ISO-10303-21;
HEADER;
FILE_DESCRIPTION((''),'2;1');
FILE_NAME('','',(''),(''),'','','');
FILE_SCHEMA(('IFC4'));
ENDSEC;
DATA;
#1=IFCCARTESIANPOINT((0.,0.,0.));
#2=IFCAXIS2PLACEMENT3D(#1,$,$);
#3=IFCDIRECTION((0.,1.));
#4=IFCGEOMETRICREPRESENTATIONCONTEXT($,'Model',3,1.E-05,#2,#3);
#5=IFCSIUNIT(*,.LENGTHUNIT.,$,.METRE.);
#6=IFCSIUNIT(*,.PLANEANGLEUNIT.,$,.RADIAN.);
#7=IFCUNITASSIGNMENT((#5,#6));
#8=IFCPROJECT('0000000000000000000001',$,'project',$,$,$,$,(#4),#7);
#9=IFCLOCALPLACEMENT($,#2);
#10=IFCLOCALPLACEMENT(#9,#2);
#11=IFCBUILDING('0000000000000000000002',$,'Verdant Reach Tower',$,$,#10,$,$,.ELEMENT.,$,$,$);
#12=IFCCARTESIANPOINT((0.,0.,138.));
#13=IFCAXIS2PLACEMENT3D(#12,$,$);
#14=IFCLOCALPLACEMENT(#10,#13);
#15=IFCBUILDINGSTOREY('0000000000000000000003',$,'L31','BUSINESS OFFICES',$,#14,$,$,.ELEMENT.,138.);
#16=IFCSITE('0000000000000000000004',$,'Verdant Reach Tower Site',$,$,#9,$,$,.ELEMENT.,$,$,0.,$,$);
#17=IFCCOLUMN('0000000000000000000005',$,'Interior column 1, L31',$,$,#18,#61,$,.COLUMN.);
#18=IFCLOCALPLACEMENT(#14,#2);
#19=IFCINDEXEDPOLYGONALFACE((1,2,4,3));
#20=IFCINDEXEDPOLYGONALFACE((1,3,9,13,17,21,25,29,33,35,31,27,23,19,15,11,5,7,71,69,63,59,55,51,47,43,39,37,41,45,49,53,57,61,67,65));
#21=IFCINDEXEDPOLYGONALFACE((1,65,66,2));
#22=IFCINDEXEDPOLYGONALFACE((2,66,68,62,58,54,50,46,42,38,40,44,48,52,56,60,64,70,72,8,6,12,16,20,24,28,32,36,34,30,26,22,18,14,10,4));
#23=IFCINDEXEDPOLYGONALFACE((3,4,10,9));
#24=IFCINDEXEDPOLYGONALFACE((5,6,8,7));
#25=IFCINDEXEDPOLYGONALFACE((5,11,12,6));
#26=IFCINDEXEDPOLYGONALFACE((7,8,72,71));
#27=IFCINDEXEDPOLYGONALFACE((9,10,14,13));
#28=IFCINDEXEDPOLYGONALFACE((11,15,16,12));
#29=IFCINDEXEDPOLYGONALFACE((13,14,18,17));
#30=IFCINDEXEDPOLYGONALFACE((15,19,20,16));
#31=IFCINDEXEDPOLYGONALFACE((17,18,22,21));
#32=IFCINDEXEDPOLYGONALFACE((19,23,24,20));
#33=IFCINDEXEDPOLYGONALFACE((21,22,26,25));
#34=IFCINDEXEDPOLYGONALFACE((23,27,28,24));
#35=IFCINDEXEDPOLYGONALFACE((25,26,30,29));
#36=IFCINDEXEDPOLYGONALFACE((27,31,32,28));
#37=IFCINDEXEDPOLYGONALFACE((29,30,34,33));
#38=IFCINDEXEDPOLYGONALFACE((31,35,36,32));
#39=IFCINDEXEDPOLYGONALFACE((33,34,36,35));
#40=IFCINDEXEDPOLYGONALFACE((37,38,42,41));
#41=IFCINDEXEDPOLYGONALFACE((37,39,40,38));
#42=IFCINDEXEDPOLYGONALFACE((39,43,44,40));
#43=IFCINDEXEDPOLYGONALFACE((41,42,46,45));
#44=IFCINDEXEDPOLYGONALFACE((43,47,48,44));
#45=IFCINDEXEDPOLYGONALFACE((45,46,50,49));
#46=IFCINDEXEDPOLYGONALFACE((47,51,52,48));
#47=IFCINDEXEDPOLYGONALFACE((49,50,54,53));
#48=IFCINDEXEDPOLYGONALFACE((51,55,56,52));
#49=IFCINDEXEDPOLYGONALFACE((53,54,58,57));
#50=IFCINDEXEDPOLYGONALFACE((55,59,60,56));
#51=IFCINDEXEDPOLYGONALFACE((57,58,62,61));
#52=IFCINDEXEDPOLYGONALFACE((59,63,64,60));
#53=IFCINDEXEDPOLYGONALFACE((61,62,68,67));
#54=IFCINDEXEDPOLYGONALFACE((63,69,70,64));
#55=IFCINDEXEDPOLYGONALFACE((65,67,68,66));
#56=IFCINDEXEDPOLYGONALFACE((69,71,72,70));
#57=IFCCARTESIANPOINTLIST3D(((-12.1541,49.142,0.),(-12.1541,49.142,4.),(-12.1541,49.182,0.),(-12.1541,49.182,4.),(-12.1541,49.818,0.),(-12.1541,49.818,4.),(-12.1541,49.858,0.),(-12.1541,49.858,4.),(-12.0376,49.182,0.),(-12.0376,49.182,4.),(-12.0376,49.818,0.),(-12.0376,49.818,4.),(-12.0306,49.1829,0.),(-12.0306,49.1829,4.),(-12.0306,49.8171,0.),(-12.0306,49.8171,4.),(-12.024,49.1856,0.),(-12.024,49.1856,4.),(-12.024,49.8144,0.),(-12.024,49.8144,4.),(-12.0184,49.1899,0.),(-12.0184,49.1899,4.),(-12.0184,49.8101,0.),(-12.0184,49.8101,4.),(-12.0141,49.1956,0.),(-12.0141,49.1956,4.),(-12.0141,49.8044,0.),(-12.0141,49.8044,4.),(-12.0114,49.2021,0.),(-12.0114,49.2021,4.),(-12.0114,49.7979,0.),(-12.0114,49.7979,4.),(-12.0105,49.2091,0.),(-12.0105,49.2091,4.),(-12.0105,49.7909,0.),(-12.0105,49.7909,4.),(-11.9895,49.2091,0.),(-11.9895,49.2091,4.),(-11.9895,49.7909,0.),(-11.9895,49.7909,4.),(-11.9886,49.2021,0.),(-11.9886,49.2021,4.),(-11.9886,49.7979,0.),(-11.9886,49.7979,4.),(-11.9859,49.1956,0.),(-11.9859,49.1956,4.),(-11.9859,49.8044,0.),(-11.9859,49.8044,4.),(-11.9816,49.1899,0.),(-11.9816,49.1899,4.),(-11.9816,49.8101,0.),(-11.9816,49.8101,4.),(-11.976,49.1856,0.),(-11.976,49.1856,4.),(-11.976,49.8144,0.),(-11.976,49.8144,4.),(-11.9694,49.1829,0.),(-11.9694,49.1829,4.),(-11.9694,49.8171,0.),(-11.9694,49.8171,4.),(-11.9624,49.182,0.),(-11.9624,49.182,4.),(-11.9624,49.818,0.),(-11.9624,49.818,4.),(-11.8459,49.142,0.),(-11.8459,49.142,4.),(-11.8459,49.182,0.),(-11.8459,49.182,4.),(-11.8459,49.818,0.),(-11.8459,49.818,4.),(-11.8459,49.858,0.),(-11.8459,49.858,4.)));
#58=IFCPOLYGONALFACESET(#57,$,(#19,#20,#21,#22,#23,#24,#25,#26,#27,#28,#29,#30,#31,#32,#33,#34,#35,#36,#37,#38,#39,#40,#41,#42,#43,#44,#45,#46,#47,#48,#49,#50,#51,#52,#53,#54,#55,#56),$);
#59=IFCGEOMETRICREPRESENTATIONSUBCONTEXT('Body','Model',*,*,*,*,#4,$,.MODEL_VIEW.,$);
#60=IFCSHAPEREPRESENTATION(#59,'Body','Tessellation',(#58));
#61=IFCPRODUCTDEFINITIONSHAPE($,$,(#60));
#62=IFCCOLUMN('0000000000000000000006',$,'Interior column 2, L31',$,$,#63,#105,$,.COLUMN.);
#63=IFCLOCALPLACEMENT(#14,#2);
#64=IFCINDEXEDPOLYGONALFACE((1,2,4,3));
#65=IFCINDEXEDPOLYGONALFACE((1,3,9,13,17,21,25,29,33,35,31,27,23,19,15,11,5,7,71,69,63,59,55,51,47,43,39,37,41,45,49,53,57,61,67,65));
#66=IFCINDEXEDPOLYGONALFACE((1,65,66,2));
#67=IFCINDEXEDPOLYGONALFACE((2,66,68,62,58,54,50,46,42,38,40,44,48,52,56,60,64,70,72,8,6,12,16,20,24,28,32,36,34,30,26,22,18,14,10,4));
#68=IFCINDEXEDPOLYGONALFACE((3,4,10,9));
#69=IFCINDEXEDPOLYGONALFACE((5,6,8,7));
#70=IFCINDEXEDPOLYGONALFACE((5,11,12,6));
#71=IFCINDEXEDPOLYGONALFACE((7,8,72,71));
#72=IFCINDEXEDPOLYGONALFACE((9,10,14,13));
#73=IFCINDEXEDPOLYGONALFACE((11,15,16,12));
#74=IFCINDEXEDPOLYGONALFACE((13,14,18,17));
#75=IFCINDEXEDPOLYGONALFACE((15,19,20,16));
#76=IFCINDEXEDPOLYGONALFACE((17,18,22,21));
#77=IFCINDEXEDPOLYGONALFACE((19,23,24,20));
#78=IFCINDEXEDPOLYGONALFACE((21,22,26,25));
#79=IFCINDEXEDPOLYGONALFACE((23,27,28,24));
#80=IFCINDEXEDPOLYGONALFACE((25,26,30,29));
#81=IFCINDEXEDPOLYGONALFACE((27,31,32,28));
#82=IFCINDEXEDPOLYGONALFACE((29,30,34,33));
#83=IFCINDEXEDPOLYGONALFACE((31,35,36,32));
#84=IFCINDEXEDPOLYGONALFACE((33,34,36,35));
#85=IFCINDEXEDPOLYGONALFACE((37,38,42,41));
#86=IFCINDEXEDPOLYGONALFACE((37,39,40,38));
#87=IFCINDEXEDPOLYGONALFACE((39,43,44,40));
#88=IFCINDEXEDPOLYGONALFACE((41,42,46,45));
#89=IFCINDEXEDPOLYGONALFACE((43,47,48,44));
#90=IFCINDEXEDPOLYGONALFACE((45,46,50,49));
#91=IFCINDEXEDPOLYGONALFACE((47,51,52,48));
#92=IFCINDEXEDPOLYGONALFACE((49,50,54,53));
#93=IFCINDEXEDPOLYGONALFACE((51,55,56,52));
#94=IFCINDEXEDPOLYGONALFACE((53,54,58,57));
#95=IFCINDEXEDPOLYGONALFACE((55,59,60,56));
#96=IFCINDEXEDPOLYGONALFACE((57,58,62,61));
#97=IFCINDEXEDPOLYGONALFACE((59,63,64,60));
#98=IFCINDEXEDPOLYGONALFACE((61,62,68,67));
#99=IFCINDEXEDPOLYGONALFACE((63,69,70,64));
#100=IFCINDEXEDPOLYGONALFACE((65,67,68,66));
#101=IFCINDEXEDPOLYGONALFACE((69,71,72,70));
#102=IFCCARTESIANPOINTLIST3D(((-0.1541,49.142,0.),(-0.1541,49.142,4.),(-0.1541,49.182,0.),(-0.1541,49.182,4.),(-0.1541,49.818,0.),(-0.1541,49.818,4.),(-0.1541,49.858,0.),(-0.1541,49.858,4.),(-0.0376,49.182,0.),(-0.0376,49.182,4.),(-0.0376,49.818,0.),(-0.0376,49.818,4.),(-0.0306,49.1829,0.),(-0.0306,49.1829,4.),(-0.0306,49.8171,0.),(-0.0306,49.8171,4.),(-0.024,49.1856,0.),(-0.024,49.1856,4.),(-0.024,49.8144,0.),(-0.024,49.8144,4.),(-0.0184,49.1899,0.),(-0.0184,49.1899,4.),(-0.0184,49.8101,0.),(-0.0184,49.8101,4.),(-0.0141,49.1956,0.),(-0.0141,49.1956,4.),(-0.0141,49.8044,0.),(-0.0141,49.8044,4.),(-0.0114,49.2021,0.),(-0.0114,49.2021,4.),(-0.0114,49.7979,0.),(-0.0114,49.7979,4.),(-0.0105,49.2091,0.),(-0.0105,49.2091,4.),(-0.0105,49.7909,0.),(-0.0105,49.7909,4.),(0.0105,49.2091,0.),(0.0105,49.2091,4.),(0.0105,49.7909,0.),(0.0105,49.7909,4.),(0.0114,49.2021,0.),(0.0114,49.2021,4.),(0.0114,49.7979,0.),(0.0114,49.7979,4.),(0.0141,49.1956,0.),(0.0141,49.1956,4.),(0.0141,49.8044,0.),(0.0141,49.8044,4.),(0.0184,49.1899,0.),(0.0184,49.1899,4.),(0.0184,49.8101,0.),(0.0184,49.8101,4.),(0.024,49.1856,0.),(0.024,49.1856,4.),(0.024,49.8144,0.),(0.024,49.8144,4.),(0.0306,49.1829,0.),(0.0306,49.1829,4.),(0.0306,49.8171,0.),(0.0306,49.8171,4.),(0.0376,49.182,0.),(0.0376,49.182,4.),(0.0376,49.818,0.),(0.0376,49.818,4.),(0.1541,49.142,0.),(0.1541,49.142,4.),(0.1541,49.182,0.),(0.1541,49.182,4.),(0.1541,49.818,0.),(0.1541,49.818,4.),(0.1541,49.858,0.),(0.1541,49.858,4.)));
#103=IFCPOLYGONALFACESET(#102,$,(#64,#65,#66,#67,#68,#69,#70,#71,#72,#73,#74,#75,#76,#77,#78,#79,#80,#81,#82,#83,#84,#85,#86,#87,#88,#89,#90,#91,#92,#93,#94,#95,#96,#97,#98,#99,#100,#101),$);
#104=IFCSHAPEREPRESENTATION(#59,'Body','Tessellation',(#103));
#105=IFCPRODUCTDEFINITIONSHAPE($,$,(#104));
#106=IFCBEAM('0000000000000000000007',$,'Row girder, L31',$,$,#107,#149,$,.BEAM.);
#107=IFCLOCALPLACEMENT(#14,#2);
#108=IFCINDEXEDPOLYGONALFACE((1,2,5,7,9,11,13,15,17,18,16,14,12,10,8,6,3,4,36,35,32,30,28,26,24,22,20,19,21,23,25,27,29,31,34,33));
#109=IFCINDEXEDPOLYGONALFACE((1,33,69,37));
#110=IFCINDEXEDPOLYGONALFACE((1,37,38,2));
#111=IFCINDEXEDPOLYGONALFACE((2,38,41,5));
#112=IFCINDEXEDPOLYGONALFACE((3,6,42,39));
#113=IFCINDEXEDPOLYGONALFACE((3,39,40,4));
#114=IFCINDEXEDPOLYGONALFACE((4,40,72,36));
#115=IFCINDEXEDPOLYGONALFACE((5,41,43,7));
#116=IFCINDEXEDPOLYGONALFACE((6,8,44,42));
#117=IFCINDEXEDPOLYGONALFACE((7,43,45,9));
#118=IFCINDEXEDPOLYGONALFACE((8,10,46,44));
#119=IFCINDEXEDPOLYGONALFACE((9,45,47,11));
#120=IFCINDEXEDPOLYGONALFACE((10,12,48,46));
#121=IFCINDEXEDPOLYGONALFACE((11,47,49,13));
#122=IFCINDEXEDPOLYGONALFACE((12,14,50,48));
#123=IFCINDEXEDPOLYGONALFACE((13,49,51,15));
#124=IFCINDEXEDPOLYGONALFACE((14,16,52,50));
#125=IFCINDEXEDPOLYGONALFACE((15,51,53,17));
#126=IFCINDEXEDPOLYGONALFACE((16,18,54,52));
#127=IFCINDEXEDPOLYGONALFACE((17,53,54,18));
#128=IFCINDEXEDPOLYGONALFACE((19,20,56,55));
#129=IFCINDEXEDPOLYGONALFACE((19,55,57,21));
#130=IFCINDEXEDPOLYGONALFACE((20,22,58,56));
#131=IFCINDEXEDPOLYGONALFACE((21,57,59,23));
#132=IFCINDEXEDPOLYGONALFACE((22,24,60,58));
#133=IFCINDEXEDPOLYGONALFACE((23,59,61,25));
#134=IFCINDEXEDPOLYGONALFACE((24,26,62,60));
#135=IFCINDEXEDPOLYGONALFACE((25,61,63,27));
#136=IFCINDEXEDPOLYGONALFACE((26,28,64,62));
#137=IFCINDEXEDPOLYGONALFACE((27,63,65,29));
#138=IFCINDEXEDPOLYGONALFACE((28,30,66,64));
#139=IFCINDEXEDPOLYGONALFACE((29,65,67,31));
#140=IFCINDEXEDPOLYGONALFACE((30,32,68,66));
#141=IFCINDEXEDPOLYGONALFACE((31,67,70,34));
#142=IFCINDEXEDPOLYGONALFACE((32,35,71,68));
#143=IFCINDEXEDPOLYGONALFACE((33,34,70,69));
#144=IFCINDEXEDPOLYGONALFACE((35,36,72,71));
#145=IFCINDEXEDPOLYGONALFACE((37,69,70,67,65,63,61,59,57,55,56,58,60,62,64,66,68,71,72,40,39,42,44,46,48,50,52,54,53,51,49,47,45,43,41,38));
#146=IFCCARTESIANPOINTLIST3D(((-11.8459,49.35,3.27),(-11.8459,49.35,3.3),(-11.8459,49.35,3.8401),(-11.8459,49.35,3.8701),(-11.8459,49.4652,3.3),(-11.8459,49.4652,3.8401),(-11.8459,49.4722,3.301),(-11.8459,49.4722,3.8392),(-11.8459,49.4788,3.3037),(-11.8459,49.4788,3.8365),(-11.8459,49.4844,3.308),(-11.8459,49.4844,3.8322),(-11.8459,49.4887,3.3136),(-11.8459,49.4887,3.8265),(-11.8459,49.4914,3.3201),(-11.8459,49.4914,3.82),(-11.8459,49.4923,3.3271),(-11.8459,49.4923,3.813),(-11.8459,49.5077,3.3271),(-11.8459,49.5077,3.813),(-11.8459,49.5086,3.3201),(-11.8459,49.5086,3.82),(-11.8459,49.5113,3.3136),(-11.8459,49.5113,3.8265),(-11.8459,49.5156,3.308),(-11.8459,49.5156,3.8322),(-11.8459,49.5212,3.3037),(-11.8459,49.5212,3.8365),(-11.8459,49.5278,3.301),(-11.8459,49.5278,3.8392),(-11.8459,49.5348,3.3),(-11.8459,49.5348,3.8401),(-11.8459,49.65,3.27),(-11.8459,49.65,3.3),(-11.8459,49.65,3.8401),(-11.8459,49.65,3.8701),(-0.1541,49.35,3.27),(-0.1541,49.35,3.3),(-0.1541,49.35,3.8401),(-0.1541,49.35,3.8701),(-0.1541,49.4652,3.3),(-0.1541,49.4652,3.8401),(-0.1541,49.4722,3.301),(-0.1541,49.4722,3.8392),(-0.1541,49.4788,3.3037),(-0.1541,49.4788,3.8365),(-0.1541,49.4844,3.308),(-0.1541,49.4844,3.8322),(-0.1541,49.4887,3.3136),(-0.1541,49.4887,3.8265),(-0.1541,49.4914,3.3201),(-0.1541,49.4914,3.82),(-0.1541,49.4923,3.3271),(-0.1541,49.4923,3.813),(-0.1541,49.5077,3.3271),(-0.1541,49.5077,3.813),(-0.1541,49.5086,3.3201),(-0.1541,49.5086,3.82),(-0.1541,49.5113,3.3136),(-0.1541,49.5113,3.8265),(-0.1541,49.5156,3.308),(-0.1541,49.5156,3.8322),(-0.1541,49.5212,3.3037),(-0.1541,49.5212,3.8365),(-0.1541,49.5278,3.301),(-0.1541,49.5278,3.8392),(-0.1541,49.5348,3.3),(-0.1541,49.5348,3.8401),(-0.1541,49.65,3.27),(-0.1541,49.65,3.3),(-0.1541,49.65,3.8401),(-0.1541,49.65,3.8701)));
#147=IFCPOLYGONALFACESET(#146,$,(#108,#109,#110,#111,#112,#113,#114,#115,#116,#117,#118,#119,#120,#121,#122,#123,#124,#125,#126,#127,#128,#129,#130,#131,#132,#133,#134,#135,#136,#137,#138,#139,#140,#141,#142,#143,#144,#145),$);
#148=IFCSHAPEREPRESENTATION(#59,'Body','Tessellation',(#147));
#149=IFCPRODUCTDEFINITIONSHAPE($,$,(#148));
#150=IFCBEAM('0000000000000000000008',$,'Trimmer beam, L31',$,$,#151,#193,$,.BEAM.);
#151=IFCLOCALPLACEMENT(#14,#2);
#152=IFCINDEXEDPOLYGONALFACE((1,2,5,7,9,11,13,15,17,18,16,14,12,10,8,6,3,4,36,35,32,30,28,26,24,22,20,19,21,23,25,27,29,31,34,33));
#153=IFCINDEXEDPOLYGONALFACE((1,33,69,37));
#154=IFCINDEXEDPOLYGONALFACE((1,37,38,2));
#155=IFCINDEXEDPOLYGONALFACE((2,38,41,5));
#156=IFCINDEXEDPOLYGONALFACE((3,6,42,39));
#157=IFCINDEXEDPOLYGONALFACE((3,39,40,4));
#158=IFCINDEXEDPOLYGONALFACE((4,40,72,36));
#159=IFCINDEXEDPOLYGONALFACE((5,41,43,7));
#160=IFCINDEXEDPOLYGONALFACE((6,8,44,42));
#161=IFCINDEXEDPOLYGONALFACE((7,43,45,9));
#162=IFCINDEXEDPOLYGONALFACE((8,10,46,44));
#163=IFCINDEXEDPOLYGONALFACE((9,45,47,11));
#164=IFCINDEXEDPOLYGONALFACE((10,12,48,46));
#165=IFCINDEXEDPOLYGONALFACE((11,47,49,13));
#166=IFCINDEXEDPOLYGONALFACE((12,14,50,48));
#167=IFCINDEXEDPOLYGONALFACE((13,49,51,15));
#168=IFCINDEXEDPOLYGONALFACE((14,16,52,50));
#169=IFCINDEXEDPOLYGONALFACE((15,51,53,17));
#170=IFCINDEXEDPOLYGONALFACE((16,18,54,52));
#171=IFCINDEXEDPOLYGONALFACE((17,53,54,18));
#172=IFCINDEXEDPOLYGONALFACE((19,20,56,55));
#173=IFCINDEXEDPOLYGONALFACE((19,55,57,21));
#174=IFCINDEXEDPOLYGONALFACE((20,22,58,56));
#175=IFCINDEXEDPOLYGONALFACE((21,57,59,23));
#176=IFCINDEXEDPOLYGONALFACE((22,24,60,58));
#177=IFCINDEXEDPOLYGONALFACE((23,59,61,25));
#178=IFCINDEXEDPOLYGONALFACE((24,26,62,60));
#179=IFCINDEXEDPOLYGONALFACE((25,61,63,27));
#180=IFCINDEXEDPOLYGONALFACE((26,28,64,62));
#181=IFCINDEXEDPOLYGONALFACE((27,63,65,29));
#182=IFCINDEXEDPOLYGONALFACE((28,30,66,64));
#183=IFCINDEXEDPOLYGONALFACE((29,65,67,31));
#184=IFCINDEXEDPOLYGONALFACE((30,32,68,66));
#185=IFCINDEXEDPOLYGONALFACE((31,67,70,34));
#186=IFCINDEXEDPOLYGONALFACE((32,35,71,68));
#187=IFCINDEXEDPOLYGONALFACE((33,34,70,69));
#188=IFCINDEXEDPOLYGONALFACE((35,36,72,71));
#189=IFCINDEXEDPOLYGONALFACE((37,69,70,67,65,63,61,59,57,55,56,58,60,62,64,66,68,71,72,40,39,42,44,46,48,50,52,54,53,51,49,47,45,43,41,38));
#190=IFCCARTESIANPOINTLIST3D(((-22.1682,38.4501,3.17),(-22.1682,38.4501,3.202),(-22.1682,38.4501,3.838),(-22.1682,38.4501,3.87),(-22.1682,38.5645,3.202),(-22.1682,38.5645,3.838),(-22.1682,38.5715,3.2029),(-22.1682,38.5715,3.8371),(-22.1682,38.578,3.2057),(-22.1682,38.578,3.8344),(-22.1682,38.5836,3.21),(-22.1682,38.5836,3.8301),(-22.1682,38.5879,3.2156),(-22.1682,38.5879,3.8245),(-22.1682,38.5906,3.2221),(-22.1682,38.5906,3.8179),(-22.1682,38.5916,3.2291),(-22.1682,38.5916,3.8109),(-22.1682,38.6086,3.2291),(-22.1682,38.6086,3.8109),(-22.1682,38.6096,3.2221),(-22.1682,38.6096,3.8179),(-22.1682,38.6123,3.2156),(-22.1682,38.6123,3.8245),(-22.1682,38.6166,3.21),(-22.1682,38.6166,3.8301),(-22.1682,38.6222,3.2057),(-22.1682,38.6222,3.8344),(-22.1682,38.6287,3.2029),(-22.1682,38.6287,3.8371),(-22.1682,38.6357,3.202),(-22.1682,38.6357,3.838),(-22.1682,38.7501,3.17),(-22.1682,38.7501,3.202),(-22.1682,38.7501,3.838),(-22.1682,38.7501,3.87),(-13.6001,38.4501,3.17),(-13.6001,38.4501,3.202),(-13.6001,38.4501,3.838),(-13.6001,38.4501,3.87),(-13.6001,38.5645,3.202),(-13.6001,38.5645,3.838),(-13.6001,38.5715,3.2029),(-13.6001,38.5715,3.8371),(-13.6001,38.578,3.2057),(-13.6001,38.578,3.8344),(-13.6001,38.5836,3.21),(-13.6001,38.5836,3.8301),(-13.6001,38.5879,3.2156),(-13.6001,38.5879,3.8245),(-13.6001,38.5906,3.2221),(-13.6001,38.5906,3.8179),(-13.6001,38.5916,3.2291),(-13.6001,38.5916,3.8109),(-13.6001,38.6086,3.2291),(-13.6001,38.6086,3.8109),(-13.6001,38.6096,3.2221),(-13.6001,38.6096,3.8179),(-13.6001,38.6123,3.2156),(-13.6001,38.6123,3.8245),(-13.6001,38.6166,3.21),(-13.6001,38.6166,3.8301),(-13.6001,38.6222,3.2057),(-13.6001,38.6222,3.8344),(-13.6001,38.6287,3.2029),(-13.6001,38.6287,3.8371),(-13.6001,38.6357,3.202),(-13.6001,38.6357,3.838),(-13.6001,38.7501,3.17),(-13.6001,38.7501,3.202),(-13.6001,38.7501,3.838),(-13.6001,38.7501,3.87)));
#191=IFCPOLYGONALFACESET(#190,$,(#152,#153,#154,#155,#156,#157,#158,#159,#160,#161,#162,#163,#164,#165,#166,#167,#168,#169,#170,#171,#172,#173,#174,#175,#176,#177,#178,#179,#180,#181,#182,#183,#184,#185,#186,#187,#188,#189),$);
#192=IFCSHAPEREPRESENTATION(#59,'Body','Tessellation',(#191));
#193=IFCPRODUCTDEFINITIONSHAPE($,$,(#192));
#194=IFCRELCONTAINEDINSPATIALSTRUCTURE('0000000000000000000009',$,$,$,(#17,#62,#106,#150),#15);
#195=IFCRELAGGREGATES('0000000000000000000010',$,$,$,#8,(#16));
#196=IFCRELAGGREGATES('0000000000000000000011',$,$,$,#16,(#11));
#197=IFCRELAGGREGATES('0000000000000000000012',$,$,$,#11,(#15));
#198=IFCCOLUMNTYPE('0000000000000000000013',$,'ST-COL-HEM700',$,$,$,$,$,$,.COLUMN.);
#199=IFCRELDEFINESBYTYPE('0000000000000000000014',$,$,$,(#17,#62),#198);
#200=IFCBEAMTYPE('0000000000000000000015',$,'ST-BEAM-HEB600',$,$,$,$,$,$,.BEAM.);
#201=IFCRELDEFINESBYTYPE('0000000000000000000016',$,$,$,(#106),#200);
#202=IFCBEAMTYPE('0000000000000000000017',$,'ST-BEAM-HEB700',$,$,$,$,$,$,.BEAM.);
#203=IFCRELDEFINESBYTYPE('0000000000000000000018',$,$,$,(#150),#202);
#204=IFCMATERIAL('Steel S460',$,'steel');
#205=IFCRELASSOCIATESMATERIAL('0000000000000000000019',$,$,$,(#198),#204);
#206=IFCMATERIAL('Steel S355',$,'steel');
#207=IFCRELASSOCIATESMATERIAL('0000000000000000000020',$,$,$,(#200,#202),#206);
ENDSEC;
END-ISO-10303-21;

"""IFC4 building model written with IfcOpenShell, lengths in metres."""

from ifc_helpers import new_model, si_unit, direction, frame, origin, origin_2d, place, context, subcontext, project, spatial, i_section, extrude, material, material_profile, profile_set, type_object, element, save


model = new_model("IFC4")

# Units and contexts
model_context = context("Model", 3, precision=1e-05, world=origin(), true_north=direction((0.0, 1.0)))
body_context = subcontext(model_context, "Body", "Model", "MODEL_VIEW")
ifc_project = project(units=[si_unit("LENGTHUNIT", "METRE"), si_unit("PLANEANGLEUNIT", "RADIAN")], contexts=[model_context])

# Site, building, storey
site_placement = place(None, origin())
site = spatial("IfcSite", under=ifc_project, at=site_placement, Name="Verdant Reach Tower Site", CompositionType="ELEMENT", RefElevation=0.0)
building_placement = place(site_placement, origin())
building = spatial("IfcBuilding", under=site, at=building_placement, Name="Verdant Reach Tower", CompositionType="ELEMENT")
storey_placement = place(building_placement, frame((0.0, 0.0, 138.0)))
storey = spatial("IfcBuildingStorey", under=building, at=storey_placement, Name="L31", Description="BUSINESS OFFICES", CompositionType="ELEMENT", Elevation=138.0)

# Columns
ifc_material_1 = material(Name="Steel S460", Category="steel")
ifc_material_profile_1 = material_profile(ifc_material_1, i_section(OverallWidth=0.3081, OverallDepth=0.7161, WebThickness=0.021, FlangeThickness=0.04, FilletRadius=0.0271, at=origin_2d()), Name="HEM 700")
ifc_profile_set_1 = profile_set([ifc_material_profile_1], Name="Steel S460")
column_type = type_object("IfcColumnType", Name="ST-COL-HEM700", PredefinedType="COLUMN", material=ifc_profile_set_1)
for number, where, z_axis, x_axis, name in (
    (1, (-12.0, 49.5, 0.0), (0.0, 0.0, 1.0), (1.0, 0.0, 0.0), "Interior column 1, L31"),
    (2, (0.0, 49.5, 0.0), (0.0, 0.0, 1.0), (1.0, 0.0, 0.0), "Interior column 2, L31"),
):
    element("IfcColumn", number, at=place(storey_placement, frame(where, z_axis=z_axis, x_axis=x_axis)), inside=storey, type_object=column_type, Name=name, PredefinedType="COLUMN", context=body_context, shape_type="SweptSolid", body=[
        extrude(i_section(OverallWidth=0.3081, OverallDepth=0.7161, WebThickness=0.021, FlangeThickness=0.04, FilletRadius=0.0271, at=origin_2d()), origin(), (0.0, 0.0, 1.0), 4.0),
    ])

# Beams
ifc_material_2 = material(Name="Steel S355", Category="steel")
ifc_material_profile_2 = material_profile(ifc_material_2, i_section(OverallWidth=0.3, OverallDepth=0.6001, WebThickness=0.0154, FlangeThickness=0.03, FilletRadius=0.0271, at=origin_2d()), Name="HEB 600")
ifc_profile_set_2 = profile_set([ifc_material_profile_2], Name="Steel S355")
beam_type_1 = type_object("IfcBeamType", Name="ST-BEAM-HEB600", PredefinedType="BEAM", material=ifc_profile_set_2)
beam_1_placement = place(storey_placement, frame((-11.8459, 49.5, 3.5701), z_axis=(1.0, 0.0, 0.0), x_axis=(0.0, 1.0, 0.0)))
element("IfcBeam", 3, at=beam_1_placement, inside=storey, type_object=beam_type_1, Name="Row girder, L31", PredefinedType="BEAM", context=body_context, shape_type="SweptSolid", body=[
    extrude(i_section(OverallWidth=0.3, OverallDepth=0.6001, WebThickness=0.0154, FlangeThickness=0.03, FilletRadius=0.0271, at=origin_2d()), origin(), (0.0, 0.0, 1.0), 11.6919),
])
ifc_material_profile_3 = material_profile(ifc_material_2, i_section(OverallWidth=0.3, OverallDepth=0.7, WebThickness=0.0171, FlangeThickness=0.032, FilletRadius=0.0271, at=origin_2d()), Name="HEB 700")
ifc_profile_set_3 = profile_set([ifc_material_profile_3], Name="Steel S355")
beam_type_2 = type_object("IfcBeamType", Name="ST-BEAM-HEB700", PredefinedType="BEAM", material=ifc_profile_set_3)
beam_2_placement = place(storey_placement, frame((-13.6001, 38.6001, 3.52), z_axis=(-1.0, 0.0, 0.0), x_axis=(0.0, -1.0, 0.0)))
element("IfcBeam", 4, at=beam_2_placement, inside=storey, type_object=beam_type_2, Name="Trimmer beam, L31", PredefinedType="BEAM", context=body_context, shape_type="SweptSolid", body=[
    extrude(i_section(OverallWidth=0.3, OverallDepth=0.7, WebThickness=0.0171, FlangeThickness=0.032, FilletRadius=0.0271, at=origin_2d()), origin(), (0.0, 0.0, 1.0), 8.5681),
])

save(model, "model.ifc")
